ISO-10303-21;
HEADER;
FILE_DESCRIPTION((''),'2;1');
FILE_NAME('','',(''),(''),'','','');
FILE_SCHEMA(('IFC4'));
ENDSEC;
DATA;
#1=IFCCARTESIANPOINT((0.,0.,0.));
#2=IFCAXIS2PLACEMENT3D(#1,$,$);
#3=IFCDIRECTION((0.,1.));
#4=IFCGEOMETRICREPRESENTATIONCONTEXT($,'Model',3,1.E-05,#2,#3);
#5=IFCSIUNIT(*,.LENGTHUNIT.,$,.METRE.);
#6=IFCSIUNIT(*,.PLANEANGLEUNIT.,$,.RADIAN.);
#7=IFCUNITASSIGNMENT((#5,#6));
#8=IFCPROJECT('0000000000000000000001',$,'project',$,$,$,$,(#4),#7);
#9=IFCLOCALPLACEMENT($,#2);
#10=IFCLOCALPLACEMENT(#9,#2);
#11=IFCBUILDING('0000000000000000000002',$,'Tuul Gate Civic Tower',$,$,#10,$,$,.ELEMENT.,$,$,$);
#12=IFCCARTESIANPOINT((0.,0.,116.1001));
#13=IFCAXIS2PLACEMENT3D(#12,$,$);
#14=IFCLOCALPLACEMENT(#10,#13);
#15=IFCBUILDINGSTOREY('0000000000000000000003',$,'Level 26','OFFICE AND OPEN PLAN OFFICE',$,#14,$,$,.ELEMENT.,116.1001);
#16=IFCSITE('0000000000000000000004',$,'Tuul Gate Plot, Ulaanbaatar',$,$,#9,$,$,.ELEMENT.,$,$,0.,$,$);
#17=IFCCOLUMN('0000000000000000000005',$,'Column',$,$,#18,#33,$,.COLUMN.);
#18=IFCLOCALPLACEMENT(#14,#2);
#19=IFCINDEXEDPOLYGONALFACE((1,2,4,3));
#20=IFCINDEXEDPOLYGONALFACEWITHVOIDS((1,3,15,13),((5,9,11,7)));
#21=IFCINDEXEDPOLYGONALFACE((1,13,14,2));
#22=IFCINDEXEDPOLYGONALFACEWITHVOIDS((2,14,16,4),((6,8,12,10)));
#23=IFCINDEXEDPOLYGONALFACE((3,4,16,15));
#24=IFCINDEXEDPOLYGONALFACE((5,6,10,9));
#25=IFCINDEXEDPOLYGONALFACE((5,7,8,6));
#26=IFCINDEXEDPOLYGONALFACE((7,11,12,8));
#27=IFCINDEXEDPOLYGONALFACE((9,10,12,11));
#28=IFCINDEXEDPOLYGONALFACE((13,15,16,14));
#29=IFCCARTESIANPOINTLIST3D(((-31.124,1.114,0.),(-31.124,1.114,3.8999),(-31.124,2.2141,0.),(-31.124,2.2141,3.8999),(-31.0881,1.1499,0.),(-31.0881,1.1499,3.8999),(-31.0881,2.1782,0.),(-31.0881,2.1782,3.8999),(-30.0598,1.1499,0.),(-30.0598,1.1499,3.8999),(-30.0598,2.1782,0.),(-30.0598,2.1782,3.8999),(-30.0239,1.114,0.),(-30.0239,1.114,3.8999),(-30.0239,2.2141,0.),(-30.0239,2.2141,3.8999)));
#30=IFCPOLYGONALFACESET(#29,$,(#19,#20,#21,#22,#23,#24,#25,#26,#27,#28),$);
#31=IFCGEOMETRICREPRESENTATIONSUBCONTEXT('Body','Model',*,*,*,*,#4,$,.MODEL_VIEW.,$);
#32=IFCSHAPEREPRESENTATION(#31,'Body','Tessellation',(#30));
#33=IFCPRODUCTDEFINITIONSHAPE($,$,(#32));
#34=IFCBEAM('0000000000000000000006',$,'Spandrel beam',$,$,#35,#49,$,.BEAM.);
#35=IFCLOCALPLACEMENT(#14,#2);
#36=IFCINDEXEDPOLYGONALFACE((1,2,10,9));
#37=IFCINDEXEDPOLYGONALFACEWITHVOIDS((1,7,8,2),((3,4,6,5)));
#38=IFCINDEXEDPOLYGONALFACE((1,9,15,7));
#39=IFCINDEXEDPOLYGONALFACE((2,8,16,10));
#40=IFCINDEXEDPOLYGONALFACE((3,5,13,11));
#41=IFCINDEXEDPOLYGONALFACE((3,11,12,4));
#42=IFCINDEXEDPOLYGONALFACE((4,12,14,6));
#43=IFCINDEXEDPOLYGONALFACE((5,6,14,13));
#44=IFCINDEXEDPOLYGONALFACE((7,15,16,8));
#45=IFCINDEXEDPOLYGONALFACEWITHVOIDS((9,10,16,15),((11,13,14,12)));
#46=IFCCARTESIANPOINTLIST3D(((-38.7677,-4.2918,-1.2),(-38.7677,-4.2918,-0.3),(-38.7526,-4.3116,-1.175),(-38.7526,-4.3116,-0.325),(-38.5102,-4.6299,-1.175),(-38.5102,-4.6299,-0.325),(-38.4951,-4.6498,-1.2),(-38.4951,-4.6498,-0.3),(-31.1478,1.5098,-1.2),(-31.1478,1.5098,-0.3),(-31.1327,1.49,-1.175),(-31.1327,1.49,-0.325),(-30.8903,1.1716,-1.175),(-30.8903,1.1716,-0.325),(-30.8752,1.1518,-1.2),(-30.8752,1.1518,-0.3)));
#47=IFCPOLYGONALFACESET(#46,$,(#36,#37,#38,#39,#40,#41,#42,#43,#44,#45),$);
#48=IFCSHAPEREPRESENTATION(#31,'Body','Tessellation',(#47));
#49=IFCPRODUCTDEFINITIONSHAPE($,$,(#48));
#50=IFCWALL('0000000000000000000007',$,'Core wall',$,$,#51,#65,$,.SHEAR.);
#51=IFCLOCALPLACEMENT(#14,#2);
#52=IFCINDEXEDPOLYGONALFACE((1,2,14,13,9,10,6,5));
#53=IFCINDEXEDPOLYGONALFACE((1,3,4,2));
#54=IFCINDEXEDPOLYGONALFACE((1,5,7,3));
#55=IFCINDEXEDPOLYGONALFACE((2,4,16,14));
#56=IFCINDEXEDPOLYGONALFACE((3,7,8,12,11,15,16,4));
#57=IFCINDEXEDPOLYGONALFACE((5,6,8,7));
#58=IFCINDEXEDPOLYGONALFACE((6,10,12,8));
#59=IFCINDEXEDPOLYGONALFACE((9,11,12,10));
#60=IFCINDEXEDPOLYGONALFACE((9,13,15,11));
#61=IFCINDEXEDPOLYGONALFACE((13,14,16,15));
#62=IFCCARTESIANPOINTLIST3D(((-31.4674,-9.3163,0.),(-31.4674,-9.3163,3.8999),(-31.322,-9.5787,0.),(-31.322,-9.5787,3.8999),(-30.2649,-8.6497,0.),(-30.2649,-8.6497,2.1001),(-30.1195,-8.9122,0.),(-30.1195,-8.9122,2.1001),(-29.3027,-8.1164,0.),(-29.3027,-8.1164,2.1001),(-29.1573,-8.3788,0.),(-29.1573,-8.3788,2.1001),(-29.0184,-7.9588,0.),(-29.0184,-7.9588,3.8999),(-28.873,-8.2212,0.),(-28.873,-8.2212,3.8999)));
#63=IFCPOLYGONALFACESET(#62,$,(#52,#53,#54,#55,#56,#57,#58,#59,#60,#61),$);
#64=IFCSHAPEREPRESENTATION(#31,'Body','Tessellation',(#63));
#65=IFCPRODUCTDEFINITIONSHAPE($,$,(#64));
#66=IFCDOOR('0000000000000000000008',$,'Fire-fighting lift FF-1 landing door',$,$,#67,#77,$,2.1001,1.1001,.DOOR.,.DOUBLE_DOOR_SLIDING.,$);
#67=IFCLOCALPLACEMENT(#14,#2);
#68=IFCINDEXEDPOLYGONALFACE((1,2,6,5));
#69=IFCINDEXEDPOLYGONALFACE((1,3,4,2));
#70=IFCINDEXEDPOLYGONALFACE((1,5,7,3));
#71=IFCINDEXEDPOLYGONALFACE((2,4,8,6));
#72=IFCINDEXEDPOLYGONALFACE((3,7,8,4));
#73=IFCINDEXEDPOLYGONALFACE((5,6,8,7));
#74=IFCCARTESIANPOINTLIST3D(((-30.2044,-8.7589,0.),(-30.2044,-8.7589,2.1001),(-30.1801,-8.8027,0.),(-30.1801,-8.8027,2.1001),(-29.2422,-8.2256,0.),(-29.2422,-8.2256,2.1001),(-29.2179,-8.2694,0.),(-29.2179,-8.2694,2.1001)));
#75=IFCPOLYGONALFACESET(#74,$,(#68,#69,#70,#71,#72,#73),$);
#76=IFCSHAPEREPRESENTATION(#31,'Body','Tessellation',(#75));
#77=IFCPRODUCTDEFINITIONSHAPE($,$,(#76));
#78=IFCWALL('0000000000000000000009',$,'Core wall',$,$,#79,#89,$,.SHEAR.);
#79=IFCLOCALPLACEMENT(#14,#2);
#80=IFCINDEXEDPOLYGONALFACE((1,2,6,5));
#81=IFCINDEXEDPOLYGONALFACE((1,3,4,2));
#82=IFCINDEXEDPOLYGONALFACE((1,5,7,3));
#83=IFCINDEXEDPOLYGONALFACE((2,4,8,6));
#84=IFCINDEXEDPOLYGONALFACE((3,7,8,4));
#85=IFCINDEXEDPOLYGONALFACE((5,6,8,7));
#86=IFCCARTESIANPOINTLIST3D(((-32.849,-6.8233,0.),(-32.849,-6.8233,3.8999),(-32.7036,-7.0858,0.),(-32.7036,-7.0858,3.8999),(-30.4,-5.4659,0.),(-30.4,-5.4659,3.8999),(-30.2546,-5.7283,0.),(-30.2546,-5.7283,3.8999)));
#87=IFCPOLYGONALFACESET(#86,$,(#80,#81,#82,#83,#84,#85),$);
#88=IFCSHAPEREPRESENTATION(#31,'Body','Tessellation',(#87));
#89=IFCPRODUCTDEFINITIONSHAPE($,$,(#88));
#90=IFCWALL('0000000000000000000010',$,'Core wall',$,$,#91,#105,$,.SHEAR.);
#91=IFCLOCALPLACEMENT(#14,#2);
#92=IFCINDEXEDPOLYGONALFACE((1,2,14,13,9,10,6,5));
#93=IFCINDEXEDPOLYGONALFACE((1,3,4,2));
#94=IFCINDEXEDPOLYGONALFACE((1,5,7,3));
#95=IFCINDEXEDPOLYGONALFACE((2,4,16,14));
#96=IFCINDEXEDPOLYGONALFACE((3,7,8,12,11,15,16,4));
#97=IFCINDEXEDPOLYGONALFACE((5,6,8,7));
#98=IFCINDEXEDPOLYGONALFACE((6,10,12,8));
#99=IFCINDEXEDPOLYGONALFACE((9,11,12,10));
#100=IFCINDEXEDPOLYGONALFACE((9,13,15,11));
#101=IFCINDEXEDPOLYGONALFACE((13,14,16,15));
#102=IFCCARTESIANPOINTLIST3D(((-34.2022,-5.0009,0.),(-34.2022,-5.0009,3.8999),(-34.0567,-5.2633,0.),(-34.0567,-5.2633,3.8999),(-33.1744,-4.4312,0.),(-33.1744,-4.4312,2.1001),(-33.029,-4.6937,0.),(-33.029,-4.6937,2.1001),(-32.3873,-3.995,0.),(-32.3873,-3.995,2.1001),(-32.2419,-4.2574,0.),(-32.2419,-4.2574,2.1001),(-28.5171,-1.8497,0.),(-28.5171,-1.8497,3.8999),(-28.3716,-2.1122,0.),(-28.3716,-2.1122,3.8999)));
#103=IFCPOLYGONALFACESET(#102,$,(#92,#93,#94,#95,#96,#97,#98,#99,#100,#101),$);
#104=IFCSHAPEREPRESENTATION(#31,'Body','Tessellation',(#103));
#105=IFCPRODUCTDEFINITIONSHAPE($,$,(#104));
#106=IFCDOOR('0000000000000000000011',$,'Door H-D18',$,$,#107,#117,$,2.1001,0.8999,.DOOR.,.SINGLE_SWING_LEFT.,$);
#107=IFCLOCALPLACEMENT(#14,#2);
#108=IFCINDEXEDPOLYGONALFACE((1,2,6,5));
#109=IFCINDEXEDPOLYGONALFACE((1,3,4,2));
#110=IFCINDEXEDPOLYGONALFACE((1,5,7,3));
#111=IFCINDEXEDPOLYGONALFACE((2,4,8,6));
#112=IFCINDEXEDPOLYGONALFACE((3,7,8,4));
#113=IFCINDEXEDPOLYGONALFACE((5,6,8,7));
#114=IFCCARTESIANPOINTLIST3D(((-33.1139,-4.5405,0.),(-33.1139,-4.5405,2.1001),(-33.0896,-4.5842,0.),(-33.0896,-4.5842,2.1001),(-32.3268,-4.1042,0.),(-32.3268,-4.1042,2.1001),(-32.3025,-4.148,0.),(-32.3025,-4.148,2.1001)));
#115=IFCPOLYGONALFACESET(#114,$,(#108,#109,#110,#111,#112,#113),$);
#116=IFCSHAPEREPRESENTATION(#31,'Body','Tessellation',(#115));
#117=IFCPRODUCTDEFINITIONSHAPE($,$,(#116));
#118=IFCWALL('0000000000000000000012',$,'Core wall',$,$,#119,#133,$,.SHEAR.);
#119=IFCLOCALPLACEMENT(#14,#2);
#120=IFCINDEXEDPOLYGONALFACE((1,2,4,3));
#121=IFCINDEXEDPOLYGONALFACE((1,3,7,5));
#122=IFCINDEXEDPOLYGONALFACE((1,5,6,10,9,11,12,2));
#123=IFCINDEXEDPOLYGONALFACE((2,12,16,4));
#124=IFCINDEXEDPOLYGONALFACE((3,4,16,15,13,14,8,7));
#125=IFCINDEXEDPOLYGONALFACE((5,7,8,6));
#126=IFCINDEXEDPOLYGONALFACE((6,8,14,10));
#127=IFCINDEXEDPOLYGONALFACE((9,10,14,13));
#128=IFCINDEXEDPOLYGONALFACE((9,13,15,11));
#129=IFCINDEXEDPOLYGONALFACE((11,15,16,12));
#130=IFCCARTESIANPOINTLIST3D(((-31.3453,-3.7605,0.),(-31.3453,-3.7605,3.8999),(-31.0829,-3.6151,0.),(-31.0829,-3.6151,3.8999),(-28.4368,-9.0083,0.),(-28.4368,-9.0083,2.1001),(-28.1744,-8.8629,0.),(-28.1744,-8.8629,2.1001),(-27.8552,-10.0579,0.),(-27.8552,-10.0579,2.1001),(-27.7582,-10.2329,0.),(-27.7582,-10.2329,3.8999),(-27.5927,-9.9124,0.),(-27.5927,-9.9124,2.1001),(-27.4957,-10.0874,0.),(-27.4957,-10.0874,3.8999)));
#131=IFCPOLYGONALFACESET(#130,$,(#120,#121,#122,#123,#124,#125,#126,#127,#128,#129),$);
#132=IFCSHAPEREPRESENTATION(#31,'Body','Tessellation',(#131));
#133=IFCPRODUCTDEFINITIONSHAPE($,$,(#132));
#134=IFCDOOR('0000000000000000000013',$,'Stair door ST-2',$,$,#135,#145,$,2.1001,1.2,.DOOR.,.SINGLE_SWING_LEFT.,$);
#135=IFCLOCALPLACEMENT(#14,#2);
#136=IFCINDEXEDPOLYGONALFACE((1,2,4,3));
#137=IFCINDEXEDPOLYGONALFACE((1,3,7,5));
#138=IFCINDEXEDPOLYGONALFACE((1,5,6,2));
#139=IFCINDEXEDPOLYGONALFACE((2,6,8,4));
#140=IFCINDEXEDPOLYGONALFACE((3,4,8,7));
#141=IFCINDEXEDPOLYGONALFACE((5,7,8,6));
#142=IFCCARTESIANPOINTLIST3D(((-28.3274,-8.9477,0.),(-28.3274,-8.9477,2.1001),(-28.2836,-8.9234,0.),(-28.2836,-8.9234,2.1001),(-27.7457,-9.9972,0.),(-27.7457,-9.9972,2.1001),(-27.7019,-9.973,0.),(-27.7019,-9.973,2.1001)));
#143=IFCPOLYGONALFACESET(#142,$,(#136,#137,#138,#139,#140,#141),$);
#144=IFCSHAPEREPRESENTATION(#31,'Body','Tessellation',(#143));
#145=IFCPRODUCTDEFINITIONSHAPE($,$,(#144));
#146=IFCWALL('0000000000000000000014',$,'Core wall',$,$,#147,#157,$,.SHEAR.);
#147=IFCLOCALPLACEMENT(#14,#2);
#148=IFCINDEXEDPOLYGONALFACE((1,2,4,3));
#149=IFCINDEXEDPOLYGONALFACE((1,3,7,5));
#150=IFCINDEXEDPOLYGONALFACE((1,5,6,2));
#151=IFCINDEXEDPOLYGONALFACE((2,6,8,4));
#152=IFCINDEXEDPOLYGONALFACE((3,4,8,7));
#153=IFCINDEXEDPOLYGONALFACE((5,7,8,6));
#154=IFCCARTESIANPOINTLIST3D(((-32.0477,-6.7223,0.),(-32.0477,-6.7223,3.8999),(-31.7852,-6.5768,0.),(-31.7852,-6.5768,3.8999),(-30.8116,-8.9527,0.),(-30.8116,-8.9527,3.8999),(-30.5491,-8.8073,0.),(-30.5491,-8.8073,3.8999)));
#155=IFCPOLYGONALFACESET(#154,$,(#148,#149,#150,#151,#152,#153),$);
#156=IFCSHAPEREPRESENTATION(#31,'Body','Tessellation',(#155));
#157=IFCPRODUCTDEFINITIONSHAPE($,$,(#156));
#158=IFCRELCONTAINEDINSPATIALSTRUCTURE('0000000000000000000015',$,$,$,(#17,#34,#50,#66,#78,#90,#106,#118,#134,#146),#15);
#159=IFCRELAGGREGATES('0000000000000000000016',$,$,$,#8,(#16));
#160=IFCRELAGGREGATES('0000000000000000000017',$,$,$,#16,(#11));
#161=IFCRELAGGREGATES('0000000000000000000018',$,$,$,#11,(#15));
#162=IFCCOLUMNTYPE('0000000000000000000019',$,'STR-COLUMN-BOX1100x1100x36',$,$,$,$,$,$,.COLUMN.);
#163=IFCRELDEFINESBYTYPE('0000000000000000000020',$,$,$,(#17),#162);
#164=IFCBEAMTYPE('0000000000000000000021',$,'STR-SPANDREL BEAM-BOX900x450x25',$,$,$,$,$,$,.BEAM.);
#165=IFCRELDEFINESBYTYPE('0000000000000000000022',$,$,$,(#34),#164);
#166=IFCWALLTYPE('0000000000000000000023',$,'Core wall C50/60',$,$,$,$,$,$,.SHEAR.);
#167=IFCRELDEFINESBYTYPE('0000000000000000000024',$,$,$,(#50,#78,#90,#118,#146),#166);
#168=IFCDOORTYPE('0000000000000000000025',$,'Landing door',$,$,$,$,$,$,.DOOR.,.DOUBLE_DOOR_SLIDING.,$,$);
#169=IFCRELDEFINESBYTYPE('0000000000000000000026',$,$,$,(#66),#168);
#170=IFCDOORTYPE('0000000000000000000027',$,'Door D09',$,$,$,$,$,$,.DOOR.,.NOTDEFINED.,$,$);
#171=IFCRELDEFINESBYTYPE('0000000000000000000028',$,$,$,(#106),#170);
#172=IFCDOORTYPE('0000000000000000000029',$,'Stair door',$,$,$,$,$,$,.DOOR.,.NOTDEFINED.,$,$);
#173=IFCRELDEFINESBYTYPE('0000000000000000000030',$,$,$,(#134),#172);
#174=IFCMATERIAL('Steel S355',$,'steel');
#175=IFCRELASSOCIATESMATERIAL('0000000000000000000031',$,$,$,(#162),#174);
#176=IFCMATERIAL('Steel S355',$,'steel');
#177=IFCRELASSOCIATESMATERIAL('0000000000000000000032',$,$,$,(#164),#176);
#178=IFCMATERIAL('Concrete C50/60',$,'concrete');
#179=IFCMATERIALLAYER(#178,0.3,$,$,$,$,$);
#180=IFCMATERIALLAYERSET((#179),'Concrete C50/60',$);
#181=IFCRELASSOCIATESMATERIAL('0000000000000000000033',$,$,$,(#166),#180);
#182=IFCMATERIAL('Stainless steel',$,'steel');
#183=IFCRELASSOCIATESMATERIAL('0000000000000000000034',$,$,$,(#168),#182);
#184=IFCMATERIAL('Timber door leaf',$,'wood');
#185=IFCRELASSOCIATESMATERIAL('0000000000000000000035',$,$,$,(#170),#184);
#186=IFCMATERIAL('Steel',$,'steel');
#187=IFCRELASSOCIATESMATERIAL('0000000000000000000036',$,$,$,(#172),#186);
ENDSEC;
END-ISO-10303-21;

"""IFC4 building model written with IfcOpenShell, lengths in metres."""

from ifc_helpers import new_model, si_unit, direction, frame, frame_2d, origin, origin_2d, place, context, subcontext, project, spatial, rectangle, hollow_rectangle, extrude, material, layer, layer_set, material_profile, profile_set, type_object, element, fill, save


model = new_model("IFC4")

# Units and contexts
model_context = context("Model", 3, precision=1e-05, world=origin(), true_north=direction((0.0, 1.0)))
body_context = subcontext(model_context, "Body", "Model", "MODEL_VIEW")
ifc_project = project(units=[si_unit("LENGTHUNIT", "METRE"), si_unit("PLANEANGLEUNIT", "RADIAN")], contexts=[model_context])

# Site, building, storey
site_placement = place(None, origin())
site = spatial("IfcSite", under=ifc_project, at=site_placement, Name="Tuul Gate Plot, Ulaanbaatar", CompositionType="ELEMENT", RefElevation=0.0)
building_placement = place(site_placement, origin())
building = spatial("IfcBuilding", under=site, at=building_placement, Name="Tuul Gate Civic Tower", CompositionType="ELEMENT")
storey_placement = place(building_placement, frame((0.0, 0.0, 116.1001)))
storey = spatial("IfcBuildingStorey", under=building, at=storey_placement, Name="Level 26", Description="OFFICE AND OPEN PLAN OFFICE", CompositionType="ELEMENT", Elevation=116.1001)

# Column
ifc_material_1 = material(Name="Steel S355", Category="steel")
ifc_material_profile_1 = material_profile(ifc_material_1, hollow_rectangle(XDim=1.1001, YDim=1.1001, WallThickness=0.0359, at=origin_2d()), Name="BOX1100x1100x36")
ifc_profile_set_1 = profile_set([ifc_material_profile_1], Name="Steel S355")
column_type = type_object("IfcColumnType", Name="STR-COLUMN-BOX1100x1100x36", PredefinedType="COLUMN", material=ifc_profile_set_1)
column_placement = place(storey_placement, frame((-30.574, 1.6641, 0.0), z_axis=(0.0, 0.0, 1.0), x_axis=(1.0, 0.0, 0.0)))
element("IfcColumn", 1, at=column_placement, inside=storey, type_object=column_type, Name="Column", PredefinedType="COLUMN", context=body_context, shape_type="SweptSolid", body=[
    extrude(hollow_rectangle(XDim=1.1001, YDim=1.1001, WallThickness=0.0359, at=origin_2d()), origin(), (0.0, 0.0, 1.0), 3.8999),
])

# Beam
ifc_material_2 = material(Name="Steel S355", Category="steel")
ifc_material_profile_2 = material_profile(ifc_material_2, hollow_rectangle(XDim=0.45, YDim=0.8999, WallThickness=0.0249, at=origin_2d()), Name="BOX900x450x25")
ifc_profile_set_2 = profile_set([ifc_material_profile_2], Name="Steel S355")
beam_type = type_object("IfcBeamType", Name="STR-SPANDREL BEAM-BOX900x450x25", PredefinedType="BEAM", material=ifc_profile_set_2)
beam_placement = place(storey_placement, frame((-31.0115, 1.3308, -0.75), z_axis=(-0.795638, -0.605772, 0.0), x_axis=(0.605772, -0.795638, 0.0)))
element("IfcBeam", 2, at=beam_placement, inside=storey, type_object=beam_type, Name="Spandrel beam", PredefinedType="BEAM", context=body_context, shape_type="SweptSolid", body=[
    extrude(hollow_rectangle(XDim=0.45, YDim=0.8999, WallThickness=0.0249, at=origin_2d()), origin(), (0.0, 0.0, 1.0), 9.5771),
])

# Wall, opening, door
ifc_material_3 = material(Name="Concrete C50/60", Category="concrete")
ifc_layer_1 = layer(ifc_material_3, 0.3)
ifc_layer_set_1 = layer_set([ifc_layer_1], Name="Concrete C50/60")
wall_type_1 = type_object("IfcWallType", Name="Core wall C50/60", PredefinedType="SHEAR", material=ifc_layer_set_1)
wall_1_placement = place(storey_placement, frame((-28.9458, -8.0901, 0.0), z_axis=(0.0, 0.0, 1.0), x_axis=(-0.87463, -0.484791, 0.0)))
wall_1 = element("IfcWall", 3, at=wall_1_placement, inside=storey, type_object=wall_type_1, Name="Core wall", PredefinedType="SHEAR", context=body_context, shape_type="SweptSolid", body=[
    extrude(rectangle(XDim=2.8, YDim=0.3, at=frame_2d((1.3999, 0.0))), origin(), (0.0, 0.0, 1.0), 3.8999),
])
opening_1_placement = place(wall_1_placement, frame((0.325, 0.0, 0.0)))
opening_1 = element("IfcOpeningElement", 4, at=opening_1_placement, cuts=wall_1, PredefinedType="OPENING", context=body_context, shape_type="SweptSolid", body=[
    extrude(rectangle(XDim=1.1001, YDim=2.1001, at=frame_2d((0.55, 1.05))), frame((0.0, 0.1602, 0.0), z_axis=(0.0, -1.0, 0.0), x_axis=(1.0, 0.0, 0.0)), (0.0, 0.0, 1.0), 0.3201),
])
ifc_material_4 = material(Name="Stainless steel", Category="steel")
door_type_1 = type_object("IfcDoorType", Name="Landing door", OperationType="DOUBLE_DOOR_SLIDING", PredefinedType="DOOR", material=ifc_material_4)
door_1_placement = place(opening_1_placement, origin())
door_1 = element("IfcDoor", 5, at=door_1_placement, inside=storey, type_object=door_type_1, Name="Fire-fighting lift FF-1 landing door", OperationType="DOUBLE_DOOR_SLIDING", OverallHeight=2.1001, OverallWidth=1.1001, PredefinedType="DOOR", context=body_context, shape_type="SweptSolid", body=[
    extrude(rectangle(XDim=1.1001, YDim=2.1001, at=frame_2d((0.55, 1.05))), frame((0.0, 0.0249, 0.0), z_axis=(0.0, -1.0, 0.0), x_axis=(1.0, 0.0, 0.0)), (0.0, 0.0, 1.0), 0.05),
])
fill(opening_1, door_1)

# Wall
wall_2_placement = place(storey_placement, frame((-30.3274, -5.5972, 0.0), z_axis=(0.0, 0.0, 1.0), x_axis=(-0.87463, -0.484791, 0.0)))
element("IfcWall", 6, at=wall_2_placement, inside=storey, type_object=wall_type_1, Name="Core wall", PredefinedType="SHEAR", context=body_context, shape_type="SweptSolid", body=[
    extrude(rectangle(XDim=2.8, YDim=0.3, at=frame_2d((1.3999, 0.0))), origin(), (0.0, 0.0, 1.0), 3.8999),
])

# Walls, openings, doors
wall_3_placement = place(storey_placement, frame((-28.4443, -1.981, 0.0), z_axis=(0.0, 0.0, 1.0), x_axis=(-0.87463, -0.484791, 0.0)))
wall_3 = element("IfcWall", 7, at=wall_3_placement, inside=storey, type_object=wall_type_1, Name="Core wall", PredefinedType="SHEAR", context=body_context, shape_type="SweptSolid", body=[
    extrude(rectangle(XDim=6.5, YDim=0.3, at=frame_2d((3.25, 0.0))), origin(), (0.0, 0.0, 1.0), 3.8999),
])
opening_2_placement = place(wall_3_placement, frame((4.425, 0.0, 0.0)))
opening_2 = element("IfcOpeningElement", 8, at=opening_2_placement, cuts=wall_3, PredefinedType="OPENING", context=body_context, shape_type="SweptSolid", body=[
    extrude(rectangle(XDim=0.8999, YDim=2.1001, at=frame_2d((0.45, 1.05))), frame((0.0, 0.1602, 0.0), z_axis=(0.0, -1.0, 0.0), x_axis=(1.0, 0.0, 0.0)), (0.0, 0.0, 1.0), 0.3201),
])
ifc_material_5 = material(Name="Timber door leaf", Category="wood")
door_type_2 = type_object("IfcDoorType", Name="Door D09", OperationType="NOTDEFINED", PredefinedType="DOOR", material=ifc_material_5)
door_2_placement = place(opening_2_placement, origin())
door_2 = element("IfcDoor", 9, at=door_2_placement, inside=storey, type_object=door_type_2, Name="Door H-D18", OperationType="SINGLE_SWING_LEFT", OverallHeight=2.1001, OverallWidth=0.8999, PredefinedType="DOOR", context=body_context, shape_type="SweptSolid", body=[
    extrude(rectangle(XDim=0.8999, YDim=2.1001, at=frame_2d((0.45, 1.05))), frame((0.0, 0.0249, 0.0), z_axis=(0.0, -1.0, 0.0), x_axis=(1.0, 0.0, 0.0)), (0.0, 0.0, 1.0), 0.05),
])
fill(opening_2, door_2)
wall_4_placement = place(storey_placement, frame((-27.627, -10.1602, 0.0), z_axis=(0.0, 0.0, 1.0), x_axis=(-0.484752, 0.874652, 0.0)))
wall_4 = element("IfcWall", 10, at=wall_4_placement, inside=storey, type_object=wall_type_1, Name="Core wall", PredefinedType="SHEAR", context=body_context, shape_type="SweptSolid", body=[
    extrude(rectangle(XDim=7.3999, YDim=0.3, at=frame_2d((3.7, 0.0))), origin(), (0.0, 0.0, 1.0), 3.8999),
])
opening_3_placement = place(wall_4_placement, frame((0.2, 0.0, 0.0)))
opening_3 = element("IfcOpeningElement", 11, at=opening_3_placement, cuts=wall_4, PredefinedType="OPENING", context=body_context, shape_type="SweptSolid", body=[
    extrude(rectangle(XDim=1.2, YDim=2.1001, at=frame_2d((0.6001, 1.05))), frame((0.0, 0.1602, 0.0), z_axis=(0.0, -1.0, 0.0), x_axis=(1.0, 0.0, 0.0)), (0.0, 0.0, 1.0), 0.3201),
])
ifc_material_6 = material(Name="Steel", Category="steel")
door_type_3 = type_object("IfcDoorType", Name="Stair door", OperationType="NOTDEFINED", PredefinedType="DOOR", material=ifc_material_6)
door_3_placement = place(opening_3_placement, origin())
door_3 = element("IfcDoor", 12, at=door_3_placement, inside=storey, type_object=door_type_3, Name="Stair door ST-2", OperationType="SINGLE_SWING_LEFT", OverallHeight=2.1001, OverallWidth=1.2, PredefinedType="DOOR", context=body_context, shape_type="SweptSolid", body=[
    extrude(rectangle(XDim=1.2, YDim=2.1001, at=frame_2d((0.6001, 1.05))), frame((0.0, 0.0249, 0.0), z_axis=(0.0, -1.0, 0.0), x_axis=(1.0, 0.0, 0.0)), (0.0, 0.0, 1.0), 0.05),
])
fill(opening_3, door_3)

# Wall
wall_5_placement = place(storey_placement, frame((-30.6804, -8.8799, 0.0), z_axis=(0.0, 0.0, 1.0), x_axis=(-0.484724, 0.874667, 0.0)))
element("IfcWall", 13, at=wall_5_placement, inside=storey, type_object=wall_type_1, Name="Core wall", PredefinedType="SHEAR", context=body_context, shape_type="SweptSolid", body=[
    extrude(rectangle(XDim=2.55, YDim=0.3, at=frame_2d((1.2749, 0.0))), origin(), (0.0, 0.0, 1.0), 3.8999),
])

save(model, "model.ifc")
